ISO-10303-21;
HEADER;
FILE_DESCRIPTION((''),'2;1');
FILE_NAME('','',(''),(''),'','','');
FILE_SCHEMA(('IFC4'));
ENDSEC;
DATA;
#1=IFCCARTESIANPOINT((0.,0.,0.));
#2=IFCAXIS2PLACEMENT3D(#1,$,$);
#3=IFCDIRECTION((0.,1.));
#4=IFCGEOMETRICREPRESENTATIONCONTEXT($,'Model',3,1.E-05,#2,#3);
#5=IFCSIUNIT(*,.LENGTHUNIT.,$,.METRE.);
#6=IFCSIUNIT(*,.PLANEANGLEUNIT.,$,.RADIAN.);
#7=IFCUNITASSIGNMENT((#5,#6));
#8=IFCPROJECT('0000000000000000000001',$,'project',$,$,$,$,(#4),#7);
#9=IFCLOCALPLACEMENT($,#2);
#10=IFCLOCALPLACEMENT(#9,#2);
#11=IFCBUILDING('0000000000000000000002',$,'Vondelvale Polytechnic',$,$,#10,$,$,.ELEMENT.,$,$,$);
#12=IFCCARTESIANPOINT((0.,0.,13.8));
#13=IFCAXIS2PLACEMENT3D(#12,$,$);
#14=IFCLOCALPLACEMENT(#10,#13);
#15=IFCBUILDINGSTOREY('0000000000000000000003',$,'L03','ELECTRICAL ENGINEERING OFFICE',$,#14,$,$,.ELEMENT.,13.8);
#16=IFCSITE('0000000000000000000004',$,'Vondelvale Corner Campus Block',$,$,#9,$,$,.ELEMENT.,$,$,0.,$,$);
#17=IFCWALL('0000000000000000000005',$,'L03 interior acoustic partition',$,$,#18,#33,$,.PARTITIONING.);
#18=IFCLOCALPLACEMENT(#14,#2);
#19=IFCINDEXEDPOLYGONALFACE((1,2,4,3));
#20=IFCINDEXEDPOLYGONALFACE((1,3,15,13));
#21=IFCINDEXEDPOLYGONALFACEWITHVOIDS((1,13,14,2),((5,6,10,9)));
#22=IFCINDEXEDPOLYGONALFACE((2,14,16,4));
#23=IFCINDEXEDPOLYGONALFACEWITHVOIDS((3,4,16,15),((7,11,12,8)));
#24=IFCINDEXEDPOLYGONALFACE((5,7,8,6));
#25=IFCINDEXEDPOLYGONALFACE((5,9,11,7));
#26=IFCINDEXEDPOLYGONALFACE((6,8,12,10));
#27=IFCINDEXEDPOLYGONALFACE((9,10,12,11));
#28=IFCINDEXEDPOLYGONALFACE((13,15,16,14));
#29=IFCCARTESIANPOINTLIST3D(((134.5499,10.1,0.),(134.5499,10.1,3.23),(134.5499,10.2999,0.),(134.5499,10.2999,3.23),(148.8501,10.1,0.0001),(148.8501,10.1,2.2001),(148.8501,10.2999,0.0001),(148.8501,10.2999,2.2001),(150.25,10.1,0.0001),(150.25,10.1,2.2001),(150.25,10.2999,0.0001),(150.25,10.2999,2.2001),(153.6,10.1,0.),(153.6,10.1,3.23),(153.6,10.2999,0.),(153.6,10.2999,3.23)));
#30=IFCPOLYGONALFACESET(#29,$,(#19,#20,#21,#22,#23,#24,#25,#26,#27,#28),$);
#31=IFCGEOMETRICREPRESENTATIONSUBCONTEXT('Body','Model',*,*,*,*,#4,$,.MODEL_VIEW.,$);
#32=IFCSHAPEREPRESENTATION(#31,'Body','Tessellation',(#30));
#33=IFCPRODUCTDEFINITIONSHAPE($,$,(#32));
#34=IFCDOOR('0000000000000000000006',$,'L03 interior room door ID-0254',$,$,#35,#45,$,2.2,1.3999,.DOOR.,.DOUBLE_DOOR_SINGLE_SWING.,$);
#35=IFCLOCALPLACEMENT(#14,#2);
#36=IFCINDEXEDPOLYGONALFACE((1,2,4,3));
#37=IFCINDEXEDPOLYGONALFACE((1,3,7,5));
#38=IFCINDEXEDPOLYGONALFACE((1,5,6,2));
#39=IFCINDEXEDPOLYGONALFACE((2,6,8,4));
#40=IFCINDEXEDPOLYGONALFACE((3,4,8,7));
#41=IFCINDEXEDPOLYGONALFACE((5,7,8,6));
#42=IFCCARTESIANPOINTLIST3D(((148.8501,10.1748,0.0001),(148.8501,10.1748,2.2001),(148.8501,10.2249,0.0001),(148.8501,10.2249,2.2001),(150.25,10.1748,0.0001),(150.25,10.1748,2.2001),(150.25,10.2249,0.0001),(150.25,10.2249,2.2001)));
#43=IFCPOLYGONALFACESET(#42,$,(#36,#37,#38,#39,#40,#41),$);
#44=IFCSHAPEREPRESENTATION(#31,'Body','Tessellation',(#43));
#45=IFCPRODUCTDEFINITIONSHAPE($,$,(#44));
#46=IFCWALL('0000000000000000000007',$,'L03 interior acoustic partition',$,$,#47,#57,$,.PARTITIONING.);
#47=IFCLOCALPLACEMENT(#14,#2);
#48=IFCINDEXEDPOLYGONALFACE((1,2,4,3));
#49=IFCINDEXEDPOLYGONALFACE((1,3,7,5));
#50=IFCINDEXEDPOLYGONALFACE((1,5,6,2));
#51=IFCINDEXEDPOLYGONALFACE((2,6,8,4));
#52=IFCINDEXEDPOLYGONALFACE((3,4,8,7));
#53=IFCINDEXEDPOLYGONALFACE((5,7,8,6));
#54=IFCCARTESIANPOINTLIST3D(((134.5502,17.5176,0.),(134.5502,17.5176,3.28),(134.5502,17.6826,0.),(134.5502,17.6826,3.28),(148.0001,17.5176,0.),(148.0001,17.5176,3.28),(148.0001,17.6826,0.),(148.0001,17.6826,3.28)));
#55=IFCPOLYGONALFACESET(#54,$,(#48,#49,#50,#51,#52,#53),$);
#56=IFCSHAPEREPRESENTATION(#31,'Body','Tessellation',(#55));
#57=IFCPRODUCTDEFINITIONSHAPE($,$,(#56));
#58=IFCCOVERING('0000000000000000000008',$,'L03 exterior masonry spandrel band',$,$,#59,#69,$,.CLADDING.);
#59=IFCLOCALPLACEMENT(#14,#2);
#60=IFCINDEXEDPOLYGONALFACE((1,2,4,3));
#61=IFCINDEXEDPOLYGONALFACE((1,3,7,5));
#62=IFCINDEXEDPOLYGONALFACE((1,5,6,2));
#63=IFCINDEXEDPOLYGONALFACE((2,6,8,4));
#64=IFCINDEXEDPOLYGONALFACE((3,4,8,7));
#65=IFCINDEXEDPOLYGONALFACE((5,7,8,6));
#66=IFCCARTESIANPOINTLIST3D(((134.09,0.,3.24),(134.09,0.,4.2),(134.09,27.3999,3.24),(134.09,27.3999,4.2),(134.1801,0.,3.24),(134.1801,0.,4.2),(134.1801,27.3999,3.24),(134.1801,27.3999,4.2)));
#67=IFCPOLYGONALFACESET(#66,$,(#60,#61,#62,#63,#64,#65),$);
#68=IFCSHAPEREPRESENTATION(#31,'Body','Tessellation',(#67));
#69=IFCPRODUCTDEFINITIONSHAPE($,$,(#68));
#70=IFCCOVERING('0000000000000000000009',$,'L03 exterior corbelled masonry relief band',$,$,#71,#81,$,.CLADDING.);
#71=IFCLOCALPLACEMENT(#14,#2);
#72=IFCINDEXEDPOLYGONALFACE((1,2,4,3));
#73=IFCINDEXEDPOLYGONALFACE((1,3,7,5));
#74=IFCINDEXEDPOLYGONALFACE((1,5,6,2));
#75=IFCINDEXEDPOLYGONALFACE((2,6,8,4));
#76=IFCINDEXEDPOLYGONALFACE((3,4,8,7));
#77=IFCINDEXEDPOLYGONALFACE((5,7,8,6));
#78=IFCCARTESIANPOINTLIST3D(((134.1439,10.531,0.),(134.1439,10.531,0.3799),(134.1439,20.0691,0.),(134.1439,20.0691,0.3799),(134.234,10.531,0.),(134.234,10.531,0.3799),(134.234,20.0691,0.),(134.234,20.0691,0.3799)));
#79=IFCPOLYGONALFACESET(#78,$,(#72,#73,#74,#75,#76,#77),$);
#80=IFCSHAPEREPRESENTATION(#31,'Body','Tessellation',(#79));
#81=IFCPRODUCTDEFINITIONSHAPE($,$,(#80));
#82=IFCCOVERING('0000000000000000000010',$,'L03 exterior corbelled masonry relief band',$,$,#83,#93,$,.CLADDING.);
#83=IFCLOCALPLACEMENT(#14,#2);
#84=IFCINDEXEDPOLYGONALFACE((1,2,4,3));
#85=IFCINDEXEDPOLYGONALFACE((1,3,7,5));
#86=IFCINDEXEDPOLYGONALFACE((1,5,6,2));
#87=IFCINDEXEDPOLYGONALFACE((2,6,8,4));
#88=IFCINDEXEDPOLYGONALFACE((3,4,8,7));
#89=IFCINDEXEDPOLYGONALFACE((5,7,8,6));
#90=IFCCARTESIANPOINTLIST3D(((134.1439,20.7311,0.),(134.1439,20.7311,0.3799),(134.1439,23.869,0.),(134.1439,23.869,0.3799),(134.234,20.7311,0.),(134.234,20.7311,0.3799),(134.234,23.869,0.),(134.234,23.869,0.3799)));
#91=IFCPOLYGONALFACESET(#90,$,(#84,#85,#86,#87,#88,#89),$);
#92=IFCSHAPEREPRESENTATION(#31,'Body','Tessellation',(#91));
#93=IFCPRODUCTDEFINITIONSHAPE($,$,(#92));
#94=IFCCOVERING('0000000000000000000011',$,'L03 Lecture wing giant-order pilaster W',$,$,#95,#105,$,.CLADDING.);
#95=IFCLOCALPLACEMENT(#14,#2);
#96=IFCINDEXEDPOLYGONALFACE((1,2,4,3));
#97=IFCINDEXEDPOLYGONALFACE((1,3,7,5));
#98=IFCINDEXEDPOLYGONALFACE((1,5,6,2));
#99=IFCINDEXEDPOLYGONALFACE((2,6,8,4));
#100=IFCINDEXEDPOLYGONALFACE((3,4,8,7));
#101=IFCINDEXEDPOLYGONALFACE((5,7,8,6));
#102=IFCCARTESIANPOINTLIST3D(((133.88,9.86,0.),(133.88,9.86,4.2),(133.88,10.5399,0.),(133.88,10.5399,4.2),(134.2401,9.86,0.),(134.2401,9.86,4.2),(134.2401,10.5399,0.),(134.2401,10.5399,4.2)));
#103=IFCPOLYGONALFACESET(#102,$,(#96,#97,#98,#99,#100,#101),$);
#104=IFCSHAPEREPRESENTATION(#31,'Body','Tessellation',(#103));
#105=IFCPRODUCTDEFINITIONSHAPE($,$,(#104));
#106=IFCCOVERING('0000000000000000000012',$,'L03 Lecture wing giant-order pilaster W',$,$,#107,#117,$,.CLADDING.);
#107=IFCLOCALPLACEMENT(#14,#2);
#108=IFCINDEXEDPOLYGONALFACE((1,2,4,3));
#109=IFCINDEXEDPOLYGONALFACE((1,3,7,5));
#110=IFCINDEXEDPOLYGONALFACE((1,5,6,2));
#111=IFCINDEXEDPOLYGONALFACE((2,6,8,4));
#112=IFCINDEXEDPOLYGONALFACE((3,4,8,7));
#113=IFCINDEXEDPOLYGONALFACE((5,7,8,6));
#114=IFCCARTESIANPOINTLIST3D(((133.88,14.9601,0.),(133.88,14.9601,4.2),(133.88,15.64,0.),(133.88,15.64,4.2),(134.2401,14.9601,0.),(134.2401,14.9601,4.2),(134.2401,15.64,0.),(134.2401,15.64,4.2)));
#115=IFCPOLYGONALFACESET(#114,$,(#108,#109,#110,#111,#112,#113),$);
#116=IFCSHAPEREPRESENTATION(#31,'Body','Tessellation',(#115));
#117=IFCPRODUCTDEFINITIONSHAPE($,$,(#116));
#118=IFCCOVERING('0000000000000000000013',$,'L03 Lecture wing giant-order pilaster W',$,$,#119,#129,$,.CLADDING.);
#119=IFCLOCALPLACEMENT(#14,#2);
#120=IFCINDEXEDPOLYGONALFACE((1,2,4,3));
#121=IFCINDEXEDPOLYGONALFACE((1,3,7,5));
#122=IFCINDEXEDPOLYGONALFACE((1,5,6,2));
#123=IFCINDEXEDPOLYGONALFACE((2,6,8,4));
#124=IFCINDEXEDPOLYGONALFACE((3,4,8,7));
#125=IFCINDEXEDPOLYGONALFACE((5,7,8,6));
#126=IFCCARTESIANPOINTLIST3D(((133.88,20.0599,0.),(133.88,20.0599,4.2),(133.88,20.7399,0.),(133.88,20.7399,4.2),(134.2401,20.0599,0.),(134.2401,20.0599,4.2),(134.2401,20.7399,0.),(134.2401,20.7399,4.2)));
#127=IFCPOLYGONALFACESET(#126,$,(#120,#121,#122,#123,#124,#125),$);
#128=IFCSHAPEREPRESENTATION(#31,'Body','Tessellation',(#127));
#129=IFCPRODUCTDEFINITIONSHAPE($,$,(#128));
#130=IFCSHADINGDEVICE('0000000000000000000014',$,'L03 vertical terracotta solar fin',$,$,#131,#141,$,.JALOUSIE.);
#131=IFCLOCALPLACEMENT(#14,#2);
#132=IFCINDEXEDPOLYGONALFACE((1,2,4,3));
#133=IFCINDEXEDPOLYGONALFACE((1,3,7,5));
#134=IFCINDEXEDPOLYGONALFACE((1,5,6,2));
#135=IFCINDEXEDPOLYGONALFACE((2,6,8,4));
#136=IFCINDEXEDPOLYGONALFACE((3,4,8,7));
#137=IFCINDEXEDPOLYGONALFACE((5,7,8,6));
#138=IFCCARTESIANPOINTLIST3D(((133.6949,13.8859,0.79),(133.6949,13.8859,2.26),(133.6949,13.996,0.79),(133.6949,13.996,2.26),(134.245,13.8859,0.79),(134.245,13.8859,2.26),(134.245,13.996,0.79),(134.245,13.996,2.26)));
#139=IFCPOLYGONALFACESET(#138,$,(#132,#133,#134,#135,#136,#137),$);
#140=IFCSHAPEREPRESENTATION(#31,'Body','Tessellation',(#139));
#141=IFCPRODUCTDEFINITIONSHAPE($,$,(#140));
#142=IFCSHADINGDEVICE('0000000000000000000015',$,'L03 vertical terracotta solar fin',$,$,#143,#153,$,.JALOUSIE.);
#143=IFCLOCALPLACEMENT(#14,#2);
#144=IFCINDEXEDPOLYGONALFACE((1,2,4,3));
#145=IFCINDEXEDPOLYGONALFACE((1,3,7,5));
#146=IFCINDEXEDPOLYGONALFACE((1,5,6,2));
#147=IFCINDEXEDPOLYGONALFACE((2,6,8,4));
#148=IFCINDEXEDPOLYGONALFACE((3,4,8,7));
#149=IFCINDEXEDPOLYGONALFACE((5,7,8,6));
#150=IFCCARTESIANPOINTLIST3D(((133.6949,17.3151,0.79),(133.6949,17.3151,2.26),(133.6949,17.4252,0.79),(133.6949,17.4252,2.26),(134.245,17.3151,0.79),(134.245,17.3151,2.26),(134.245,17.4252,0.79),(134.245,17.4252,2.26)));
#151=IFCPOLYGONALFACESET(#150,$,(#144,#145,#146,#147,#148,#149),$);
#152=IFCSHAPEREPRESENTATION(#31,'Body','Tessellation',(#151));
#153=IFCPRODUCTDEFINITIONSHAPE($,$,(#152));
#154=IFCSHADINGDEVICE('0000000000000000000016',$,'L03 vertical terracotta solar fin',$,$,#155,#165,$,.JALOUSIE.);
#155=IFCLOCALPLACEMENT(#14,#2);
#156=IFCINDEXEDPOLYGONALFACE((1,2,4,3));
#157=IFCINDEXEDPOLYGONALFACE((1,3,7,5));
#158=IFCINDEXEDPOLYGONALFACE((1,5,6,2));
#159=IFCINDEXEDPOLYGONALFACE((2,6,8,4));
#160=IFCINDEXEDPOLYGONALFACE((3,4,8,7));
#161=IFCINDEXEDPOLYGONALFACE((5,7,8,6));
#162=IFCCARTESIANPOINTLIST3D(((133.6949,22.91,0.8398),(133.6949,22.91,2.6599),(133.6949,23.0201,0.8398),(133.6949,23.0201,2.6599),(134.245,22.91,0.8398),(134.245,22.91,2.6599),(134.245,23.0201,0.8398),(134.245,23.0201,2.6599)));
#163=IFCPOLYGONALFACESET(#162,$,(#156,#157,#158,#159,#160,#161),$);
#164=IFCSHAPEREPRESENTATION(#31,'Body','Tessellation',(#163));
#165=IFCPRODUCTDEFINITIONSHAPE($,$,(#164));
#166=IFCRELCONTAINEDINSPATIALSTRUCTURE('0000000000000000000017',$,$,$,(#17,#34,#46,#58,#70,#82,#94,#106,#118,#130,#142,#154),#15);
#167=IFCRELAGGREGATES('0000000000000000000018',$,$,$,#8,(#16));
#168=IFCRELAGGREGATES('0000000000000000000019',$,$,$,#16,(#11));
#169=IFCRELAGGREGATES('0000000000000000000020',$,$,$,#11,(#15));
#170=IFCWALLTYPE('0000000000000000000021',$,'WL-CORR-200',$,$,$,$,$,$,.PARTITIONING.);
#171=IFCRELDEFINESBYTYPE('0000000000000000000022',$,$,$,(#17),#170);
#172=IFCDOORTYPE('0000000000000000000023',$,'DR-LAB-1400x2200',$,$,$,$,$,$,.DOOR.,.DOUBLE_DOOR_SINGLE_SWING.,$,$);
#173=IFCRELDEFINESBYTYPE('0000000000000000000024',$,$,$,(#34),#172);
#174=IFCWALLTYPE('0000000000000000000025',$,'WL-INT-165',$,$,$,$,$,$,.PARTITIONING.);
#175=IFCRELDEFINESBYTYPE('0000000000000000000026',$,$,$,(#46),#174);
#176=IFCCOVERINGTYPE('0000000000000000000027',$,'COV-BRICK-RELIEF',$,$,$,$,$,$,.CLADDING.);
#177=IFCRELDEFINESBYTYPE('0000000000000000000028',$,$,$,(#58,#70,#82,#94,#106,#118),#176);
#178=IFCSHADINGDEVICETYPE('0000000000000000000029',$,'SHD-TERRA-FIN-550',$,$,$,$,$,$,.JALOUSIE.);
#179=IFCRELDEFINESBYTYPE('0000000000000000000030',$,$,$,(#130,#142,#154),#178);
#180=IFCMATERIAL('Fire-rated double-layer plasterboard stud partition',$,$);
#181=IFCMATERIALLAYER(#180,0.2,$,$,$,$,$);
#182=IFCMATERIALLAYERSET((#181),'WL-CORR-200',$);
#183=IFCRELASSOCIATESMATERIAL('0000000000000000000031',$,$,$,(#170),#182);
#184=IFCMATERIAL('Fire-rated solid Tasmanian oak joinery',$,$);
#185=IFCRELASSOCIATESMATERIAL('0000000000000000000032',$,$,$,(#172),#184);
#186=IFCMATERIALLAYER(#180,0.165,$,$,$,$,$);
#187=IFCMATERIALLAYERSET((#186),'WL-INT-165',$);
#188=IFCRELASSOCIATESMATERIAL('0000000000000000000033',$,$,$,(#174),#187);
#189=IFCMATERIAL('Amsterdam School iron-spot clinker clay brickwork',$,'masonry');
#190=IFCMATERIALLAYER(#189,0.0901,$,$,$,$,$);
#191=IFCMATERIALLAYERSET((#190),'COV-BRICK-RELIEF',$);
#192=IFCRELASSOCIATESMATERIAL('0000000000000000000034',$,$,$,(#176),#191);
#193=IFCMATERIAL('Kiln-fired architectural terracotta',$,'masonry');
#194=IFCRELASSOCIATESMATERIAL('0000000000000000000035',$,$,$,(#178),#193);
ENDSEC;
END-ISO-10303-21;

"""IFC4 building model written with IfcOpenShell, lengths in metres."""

from ifc_helpers import new_model, si_unit, direction, frame, frame_2d, origin, origin_2d, place, context, subcontext, project, spatial, rectangle, extrude, material, layer, layer_set, type_object, element, fill, save


model = new_model("IFC4")

# Units and contexts
model_context = context("Model", 3, precision=1e-05, world=origin(), true_north=direction((0.0, 1.0)))
body_context = subcontext(model_context, "Body", "Model", "MODEL_VIEW")
ifc_project = project(units=[si_unit("LENGTHUNIT", "METRE"), si_unit("PLANEANGLEUNIT", "RADIAN")], contexts=[model_context])

# Site, building, storey
site_placement = place(None, origin())
site = spatial("IfcSite", under=ifc_project, at=site_placement, Name="Vondelvale Corner Campus Block", CompositionType="ELEMENT", RefElevation=0.0)
building_placement = place(site_placement, origin())
building = spatial("IfcBuilding", under=site, at=building_placement, Name="Vondelvale Polytechnic", CompositionType="ELEMENT")
storey_placement = place(building_placement, frame((0.0, 0.0, 13.8)))
storey = spatial("IfcBuildingStorey", under=building, at=storey_placement, Name="L03", Description="ELECTRICAL ENGINEERING OFFICE", CompositionType="ELEMENT", Elevation=13.8)

# Shared definitions
ifc_material_1 = material(Name="Amsterdam School iron-spot clinker clay brickwork", Category="masonry")

# Wall, opening, door
ifc_material_2 = material(Name="Fire-rated double-layer plasterboard stud partition")
ifc_layer_1 = layer(ifc_material_2, 0.2)
ifc_layer_set_1 = layer_set([ifc_layer_1], Name="WL-CORR-200")
wall_type_1 = type_object("IfcWallType", Name="WL-CORR-200", PredefinedType="PARTITIONING", material=ifc_layer_set_1)
wall_1_placement = place(storey_placement, frame((134.55, 10.2, 0.0), z_axis=(0.0, 0.0, 1.0), x_axis=(1.0, 0.0, 0.0)))
wall_1 = element("IfcWall", 1, at=wall_1_placement, inside=storey, type_object=wall_type_1, Name="L03 interior acoustic partition", PredefinedType="PARTITIONING", context=body_context, shape_type="SweptSolid", body=[
    extrude(rectangle(XDim=19.05, YDim=0.2, at=frame_2d((9.5249, 0.0))), origin(), (0.0, 0.0, 1.0), 3.23),
])
opening_1_placement = place(wall_1_placement, frame((14.3, 0.0, 0.0)))
opening_1 = element("IfcOpeningElement", 2, at=opening_1_placement, cuts=wall_1, PredefinedType="OPENING", context=body_context, shape_type="SweptSolid", body=[
    extrude(rectangle(XDim=1.3999, YDim=2.2, at=frame_2d((0.7, 1.1001))), frame((0.0, 0.1099, 0.0), z_axis=(0.0, -1.0, 0.0), x_axis=(1.0, 0.0, 0.0)), (0.0, 0.0, 1.0), 0.22),
])
ifc_material_3 = material(Name="Fire-rated solid Tasmanian oak joinery")
door_type = type_object("IfcDoorType", Name="DR-LAB-1400x2200", OperationType="DOUBLE_DOOR_SINGLE_SWING", PredefinedType="DOOR", material=ifc_material_3)
door_placement = place(opening_1_placement, origin())
door = element("IfcDoor", 3, at=door_placement, inside=storey, type_object=door_type, Name="L03 interior room door ID-0254", OperationType="DOUBLE_DOOR_SINGLE_SWING", OverallHeight=2.2, OverallWidth=1.3999, PredefinedType="DOOR", context=body_context, shape_type="SweptSolid", body=[
    extrude(rectangle(XDim=1.3999, YDim=2.2, at=frame_2d((0.7, 1.1001))), frame((0.0, 0.0249, 0.0), z_axis=(0.0, -1.0, 0.0), x_axis=(1.0, 0.0, 0.0)), (0.0, 0.0, 1.0), 0.05),
])
fill(opening_1, door)

# Wall
ifc_layer_2 = layer(ifc_material_2, 0.165)
ifc_layer_set_2 = layer_set([ifc_layer_2], Name="WL-INT-165")
wall_type_2 = type_object("IfcWallType", Name="WL-INT-165", PredefinedType="PARTITIONING", material=ifc_layer_set_2)
wall_2_placement = place(storey_placement, frame((134.55, 17.6001, 0.0), z_axis=(0.0, 0.0, 1.0), x_axis=(1.0, 0.0, 0.0)))
element("IfcWall", 4, at=wall_2_placement, inside=storey, type_object=wall_type_2, Name="L03 interior acoustic partition", PredefinedType="PARTITIONING", context=body_context, shape_type="SweptSolid", body=[
    extrude(rectangle(XDim=13.45, YDim=0.165, at=frame_2d((6.7251, 0.0))), origin(), (0.0, 0.0, 1.0), 3.28),
])

# Coverings
ifc_layer_3 = layer(ifc_material_1, 0.0901)
ifc_layer_set_3 = layer_set([ifc_layer_3], Name="COV-BRICK-RELIEF")
covering_type = type_object("IfcCoveringType", Name="COV-BRICK-RELIEF", PredefinedType="CLADDING", material=ifc_layer_set_3)
covering_1_placement = place(storey_placement, frame((134.135, 13.7, 3.24), z_axis=(0.0, 0.0, 1.0), x_axis=(0.0, 1.0, 0.0)))
element("IfcCovering", 5, at=covering_1_placement, inside=storey, type_object=covering_type, Name="L03 exterior masonry spandrel band", PredefinedType="CLADDING", context=body_context, shape_type="SweptSolid", body=[
    extrude(rectangle(XDim=27.3999, YDim=0.0901, at=origin_2d()), origin(), (0.0, 0.0, 1.0), 0.96),
])
covering_2_placement = place(storey_placement, frame((134.189, 15.3, 0.0), z_axis=(0.0, 0.0, 1.0), x_axis=(0.0, 1.0, 0.0)))
element("IfcCovering", 6, at=covering_2_placement, inside=storey, type_object=covering_type, Name="L03 exterior corbelled masonry relief band", PredefinedType="CLADDING", context=body_context, shape_type="SweptSolid", body=[
    extrude(rectangle(XDim=9.5381, YDim=0.0901, at=origin_2d()), origin(), (0.0, 0.0, 1.0), 0.3799),
])
covering_3_placement = place(storey_placement, frame((134.189, 22.3, 0.0), z_axis=(0.0, 0.0, 1.0), x_axis=(0.0, 1.0, 0.0)))
element("IfcCovering", 7, at=covering_3_placement, inside=storey, type_object=covering_type, Name="L03 exterior corbelled masonry relief band", PredefinedType="CLADDING", context=body_context, shape_type="SweptSolid", body=[
    extrude(rectangle(XDim=3.1379, YDim=0.0901, at=origin_2d()), origin(), (0.0, 0.0, 1.0), 0.3799),
])
for number, where, z_axis, x_axis, name in (
    (8, (134.0601, 10.2, 0.0), (0.0, 0.0, 1.0), (1.0, 0.0, 0.0), "L03 Lecture wing giant-order pilaster W"),
    (9, (134.0601, 15.3, 0.0), (0.0, 0.0, 1.0), (1.0, 0.0, 0.0), "L03 Lecture wing giant-order pilaster W"),
    (10, (134.0601, 20.3999, 0.0), (0.0, 0.0, 1.0), (1.0, 0.0, 0.0), "L03 Lecture wing giant-order pilaster W"),
):
    element("IfcCovering", number, at=place(storey_placement, frame(where, z_axis=z_axis, x_axis=x_axis)), inside=storey, type_object=covering_type, Name=name, PredefinedType="CLADDING", context=body_context, shape_type="SweptSolid", body=[
        extrude(rectangle(XDim=0.3601, YDim=0.6799, at=origin_2d()), origin(), (0.0, 0.0, 1.0), 4.2),
    ])

# Shading devices
ifc_material_4 = material(Name="Kiln-fired architectural terracotta", Category="masonry")
shading_device_type = type_object("IfcShadingDeviceType", Name="SHD-TERRA-FIN-550", PredefinedType="JALOUSIE", material=ifc_material_4)
for number, where, z_axis, x_axis, name in (
    (11, (133.97, 13.9409, 0.79), (0.0, 0.0, 1.0), (0.0, 1.0, 0.0), "L03 vertical terracotta solar fin"),
    (12, (133.97, 17.3701, 0.79), (0.0, 0.0, 1.0), (0.0, 1.0, 0.0), "L03 vertical terracotta solar fin"),
):
    element("IfcShadingDevice", number, at=place(storey_placement, frame(where, z_axis=z_axis, x_axis=x_axis)), inside=storey, type_object=shading_device_type, Name=name, PredefinedType="JALOUSIE", context=body_context, shape_type="SweptSolid", body=[
        extrude(rectangle(XDim=0.1101, YDim=0.55, at=origin_2d()), origin(), (0.0, 0.0, 1.0), 1.47),
    ])
shading_device_placement = place(storey_placement, frame((133.97, 22.9651, 0.8398), z_axis=(0.0, 0.0, 1.0), x_axis=(0.0, 1.0, 0.0)))
element("IfcShadingDevice", 13, at=shading_device_placement, inside=storey, type_object=shading_device_type, Name="L03 vertical terracotta solar fin", PredefinedType="JALOUSIE", context=body_context, shape_type="SweptSolid", body=[
    extrude(rectangle(XDim=0.1101, YDim=0.55, at=origin_2d()), origin(), (0.0, 0.0, 1.0), 1.8201),
])

save(model, "model.ifc")
